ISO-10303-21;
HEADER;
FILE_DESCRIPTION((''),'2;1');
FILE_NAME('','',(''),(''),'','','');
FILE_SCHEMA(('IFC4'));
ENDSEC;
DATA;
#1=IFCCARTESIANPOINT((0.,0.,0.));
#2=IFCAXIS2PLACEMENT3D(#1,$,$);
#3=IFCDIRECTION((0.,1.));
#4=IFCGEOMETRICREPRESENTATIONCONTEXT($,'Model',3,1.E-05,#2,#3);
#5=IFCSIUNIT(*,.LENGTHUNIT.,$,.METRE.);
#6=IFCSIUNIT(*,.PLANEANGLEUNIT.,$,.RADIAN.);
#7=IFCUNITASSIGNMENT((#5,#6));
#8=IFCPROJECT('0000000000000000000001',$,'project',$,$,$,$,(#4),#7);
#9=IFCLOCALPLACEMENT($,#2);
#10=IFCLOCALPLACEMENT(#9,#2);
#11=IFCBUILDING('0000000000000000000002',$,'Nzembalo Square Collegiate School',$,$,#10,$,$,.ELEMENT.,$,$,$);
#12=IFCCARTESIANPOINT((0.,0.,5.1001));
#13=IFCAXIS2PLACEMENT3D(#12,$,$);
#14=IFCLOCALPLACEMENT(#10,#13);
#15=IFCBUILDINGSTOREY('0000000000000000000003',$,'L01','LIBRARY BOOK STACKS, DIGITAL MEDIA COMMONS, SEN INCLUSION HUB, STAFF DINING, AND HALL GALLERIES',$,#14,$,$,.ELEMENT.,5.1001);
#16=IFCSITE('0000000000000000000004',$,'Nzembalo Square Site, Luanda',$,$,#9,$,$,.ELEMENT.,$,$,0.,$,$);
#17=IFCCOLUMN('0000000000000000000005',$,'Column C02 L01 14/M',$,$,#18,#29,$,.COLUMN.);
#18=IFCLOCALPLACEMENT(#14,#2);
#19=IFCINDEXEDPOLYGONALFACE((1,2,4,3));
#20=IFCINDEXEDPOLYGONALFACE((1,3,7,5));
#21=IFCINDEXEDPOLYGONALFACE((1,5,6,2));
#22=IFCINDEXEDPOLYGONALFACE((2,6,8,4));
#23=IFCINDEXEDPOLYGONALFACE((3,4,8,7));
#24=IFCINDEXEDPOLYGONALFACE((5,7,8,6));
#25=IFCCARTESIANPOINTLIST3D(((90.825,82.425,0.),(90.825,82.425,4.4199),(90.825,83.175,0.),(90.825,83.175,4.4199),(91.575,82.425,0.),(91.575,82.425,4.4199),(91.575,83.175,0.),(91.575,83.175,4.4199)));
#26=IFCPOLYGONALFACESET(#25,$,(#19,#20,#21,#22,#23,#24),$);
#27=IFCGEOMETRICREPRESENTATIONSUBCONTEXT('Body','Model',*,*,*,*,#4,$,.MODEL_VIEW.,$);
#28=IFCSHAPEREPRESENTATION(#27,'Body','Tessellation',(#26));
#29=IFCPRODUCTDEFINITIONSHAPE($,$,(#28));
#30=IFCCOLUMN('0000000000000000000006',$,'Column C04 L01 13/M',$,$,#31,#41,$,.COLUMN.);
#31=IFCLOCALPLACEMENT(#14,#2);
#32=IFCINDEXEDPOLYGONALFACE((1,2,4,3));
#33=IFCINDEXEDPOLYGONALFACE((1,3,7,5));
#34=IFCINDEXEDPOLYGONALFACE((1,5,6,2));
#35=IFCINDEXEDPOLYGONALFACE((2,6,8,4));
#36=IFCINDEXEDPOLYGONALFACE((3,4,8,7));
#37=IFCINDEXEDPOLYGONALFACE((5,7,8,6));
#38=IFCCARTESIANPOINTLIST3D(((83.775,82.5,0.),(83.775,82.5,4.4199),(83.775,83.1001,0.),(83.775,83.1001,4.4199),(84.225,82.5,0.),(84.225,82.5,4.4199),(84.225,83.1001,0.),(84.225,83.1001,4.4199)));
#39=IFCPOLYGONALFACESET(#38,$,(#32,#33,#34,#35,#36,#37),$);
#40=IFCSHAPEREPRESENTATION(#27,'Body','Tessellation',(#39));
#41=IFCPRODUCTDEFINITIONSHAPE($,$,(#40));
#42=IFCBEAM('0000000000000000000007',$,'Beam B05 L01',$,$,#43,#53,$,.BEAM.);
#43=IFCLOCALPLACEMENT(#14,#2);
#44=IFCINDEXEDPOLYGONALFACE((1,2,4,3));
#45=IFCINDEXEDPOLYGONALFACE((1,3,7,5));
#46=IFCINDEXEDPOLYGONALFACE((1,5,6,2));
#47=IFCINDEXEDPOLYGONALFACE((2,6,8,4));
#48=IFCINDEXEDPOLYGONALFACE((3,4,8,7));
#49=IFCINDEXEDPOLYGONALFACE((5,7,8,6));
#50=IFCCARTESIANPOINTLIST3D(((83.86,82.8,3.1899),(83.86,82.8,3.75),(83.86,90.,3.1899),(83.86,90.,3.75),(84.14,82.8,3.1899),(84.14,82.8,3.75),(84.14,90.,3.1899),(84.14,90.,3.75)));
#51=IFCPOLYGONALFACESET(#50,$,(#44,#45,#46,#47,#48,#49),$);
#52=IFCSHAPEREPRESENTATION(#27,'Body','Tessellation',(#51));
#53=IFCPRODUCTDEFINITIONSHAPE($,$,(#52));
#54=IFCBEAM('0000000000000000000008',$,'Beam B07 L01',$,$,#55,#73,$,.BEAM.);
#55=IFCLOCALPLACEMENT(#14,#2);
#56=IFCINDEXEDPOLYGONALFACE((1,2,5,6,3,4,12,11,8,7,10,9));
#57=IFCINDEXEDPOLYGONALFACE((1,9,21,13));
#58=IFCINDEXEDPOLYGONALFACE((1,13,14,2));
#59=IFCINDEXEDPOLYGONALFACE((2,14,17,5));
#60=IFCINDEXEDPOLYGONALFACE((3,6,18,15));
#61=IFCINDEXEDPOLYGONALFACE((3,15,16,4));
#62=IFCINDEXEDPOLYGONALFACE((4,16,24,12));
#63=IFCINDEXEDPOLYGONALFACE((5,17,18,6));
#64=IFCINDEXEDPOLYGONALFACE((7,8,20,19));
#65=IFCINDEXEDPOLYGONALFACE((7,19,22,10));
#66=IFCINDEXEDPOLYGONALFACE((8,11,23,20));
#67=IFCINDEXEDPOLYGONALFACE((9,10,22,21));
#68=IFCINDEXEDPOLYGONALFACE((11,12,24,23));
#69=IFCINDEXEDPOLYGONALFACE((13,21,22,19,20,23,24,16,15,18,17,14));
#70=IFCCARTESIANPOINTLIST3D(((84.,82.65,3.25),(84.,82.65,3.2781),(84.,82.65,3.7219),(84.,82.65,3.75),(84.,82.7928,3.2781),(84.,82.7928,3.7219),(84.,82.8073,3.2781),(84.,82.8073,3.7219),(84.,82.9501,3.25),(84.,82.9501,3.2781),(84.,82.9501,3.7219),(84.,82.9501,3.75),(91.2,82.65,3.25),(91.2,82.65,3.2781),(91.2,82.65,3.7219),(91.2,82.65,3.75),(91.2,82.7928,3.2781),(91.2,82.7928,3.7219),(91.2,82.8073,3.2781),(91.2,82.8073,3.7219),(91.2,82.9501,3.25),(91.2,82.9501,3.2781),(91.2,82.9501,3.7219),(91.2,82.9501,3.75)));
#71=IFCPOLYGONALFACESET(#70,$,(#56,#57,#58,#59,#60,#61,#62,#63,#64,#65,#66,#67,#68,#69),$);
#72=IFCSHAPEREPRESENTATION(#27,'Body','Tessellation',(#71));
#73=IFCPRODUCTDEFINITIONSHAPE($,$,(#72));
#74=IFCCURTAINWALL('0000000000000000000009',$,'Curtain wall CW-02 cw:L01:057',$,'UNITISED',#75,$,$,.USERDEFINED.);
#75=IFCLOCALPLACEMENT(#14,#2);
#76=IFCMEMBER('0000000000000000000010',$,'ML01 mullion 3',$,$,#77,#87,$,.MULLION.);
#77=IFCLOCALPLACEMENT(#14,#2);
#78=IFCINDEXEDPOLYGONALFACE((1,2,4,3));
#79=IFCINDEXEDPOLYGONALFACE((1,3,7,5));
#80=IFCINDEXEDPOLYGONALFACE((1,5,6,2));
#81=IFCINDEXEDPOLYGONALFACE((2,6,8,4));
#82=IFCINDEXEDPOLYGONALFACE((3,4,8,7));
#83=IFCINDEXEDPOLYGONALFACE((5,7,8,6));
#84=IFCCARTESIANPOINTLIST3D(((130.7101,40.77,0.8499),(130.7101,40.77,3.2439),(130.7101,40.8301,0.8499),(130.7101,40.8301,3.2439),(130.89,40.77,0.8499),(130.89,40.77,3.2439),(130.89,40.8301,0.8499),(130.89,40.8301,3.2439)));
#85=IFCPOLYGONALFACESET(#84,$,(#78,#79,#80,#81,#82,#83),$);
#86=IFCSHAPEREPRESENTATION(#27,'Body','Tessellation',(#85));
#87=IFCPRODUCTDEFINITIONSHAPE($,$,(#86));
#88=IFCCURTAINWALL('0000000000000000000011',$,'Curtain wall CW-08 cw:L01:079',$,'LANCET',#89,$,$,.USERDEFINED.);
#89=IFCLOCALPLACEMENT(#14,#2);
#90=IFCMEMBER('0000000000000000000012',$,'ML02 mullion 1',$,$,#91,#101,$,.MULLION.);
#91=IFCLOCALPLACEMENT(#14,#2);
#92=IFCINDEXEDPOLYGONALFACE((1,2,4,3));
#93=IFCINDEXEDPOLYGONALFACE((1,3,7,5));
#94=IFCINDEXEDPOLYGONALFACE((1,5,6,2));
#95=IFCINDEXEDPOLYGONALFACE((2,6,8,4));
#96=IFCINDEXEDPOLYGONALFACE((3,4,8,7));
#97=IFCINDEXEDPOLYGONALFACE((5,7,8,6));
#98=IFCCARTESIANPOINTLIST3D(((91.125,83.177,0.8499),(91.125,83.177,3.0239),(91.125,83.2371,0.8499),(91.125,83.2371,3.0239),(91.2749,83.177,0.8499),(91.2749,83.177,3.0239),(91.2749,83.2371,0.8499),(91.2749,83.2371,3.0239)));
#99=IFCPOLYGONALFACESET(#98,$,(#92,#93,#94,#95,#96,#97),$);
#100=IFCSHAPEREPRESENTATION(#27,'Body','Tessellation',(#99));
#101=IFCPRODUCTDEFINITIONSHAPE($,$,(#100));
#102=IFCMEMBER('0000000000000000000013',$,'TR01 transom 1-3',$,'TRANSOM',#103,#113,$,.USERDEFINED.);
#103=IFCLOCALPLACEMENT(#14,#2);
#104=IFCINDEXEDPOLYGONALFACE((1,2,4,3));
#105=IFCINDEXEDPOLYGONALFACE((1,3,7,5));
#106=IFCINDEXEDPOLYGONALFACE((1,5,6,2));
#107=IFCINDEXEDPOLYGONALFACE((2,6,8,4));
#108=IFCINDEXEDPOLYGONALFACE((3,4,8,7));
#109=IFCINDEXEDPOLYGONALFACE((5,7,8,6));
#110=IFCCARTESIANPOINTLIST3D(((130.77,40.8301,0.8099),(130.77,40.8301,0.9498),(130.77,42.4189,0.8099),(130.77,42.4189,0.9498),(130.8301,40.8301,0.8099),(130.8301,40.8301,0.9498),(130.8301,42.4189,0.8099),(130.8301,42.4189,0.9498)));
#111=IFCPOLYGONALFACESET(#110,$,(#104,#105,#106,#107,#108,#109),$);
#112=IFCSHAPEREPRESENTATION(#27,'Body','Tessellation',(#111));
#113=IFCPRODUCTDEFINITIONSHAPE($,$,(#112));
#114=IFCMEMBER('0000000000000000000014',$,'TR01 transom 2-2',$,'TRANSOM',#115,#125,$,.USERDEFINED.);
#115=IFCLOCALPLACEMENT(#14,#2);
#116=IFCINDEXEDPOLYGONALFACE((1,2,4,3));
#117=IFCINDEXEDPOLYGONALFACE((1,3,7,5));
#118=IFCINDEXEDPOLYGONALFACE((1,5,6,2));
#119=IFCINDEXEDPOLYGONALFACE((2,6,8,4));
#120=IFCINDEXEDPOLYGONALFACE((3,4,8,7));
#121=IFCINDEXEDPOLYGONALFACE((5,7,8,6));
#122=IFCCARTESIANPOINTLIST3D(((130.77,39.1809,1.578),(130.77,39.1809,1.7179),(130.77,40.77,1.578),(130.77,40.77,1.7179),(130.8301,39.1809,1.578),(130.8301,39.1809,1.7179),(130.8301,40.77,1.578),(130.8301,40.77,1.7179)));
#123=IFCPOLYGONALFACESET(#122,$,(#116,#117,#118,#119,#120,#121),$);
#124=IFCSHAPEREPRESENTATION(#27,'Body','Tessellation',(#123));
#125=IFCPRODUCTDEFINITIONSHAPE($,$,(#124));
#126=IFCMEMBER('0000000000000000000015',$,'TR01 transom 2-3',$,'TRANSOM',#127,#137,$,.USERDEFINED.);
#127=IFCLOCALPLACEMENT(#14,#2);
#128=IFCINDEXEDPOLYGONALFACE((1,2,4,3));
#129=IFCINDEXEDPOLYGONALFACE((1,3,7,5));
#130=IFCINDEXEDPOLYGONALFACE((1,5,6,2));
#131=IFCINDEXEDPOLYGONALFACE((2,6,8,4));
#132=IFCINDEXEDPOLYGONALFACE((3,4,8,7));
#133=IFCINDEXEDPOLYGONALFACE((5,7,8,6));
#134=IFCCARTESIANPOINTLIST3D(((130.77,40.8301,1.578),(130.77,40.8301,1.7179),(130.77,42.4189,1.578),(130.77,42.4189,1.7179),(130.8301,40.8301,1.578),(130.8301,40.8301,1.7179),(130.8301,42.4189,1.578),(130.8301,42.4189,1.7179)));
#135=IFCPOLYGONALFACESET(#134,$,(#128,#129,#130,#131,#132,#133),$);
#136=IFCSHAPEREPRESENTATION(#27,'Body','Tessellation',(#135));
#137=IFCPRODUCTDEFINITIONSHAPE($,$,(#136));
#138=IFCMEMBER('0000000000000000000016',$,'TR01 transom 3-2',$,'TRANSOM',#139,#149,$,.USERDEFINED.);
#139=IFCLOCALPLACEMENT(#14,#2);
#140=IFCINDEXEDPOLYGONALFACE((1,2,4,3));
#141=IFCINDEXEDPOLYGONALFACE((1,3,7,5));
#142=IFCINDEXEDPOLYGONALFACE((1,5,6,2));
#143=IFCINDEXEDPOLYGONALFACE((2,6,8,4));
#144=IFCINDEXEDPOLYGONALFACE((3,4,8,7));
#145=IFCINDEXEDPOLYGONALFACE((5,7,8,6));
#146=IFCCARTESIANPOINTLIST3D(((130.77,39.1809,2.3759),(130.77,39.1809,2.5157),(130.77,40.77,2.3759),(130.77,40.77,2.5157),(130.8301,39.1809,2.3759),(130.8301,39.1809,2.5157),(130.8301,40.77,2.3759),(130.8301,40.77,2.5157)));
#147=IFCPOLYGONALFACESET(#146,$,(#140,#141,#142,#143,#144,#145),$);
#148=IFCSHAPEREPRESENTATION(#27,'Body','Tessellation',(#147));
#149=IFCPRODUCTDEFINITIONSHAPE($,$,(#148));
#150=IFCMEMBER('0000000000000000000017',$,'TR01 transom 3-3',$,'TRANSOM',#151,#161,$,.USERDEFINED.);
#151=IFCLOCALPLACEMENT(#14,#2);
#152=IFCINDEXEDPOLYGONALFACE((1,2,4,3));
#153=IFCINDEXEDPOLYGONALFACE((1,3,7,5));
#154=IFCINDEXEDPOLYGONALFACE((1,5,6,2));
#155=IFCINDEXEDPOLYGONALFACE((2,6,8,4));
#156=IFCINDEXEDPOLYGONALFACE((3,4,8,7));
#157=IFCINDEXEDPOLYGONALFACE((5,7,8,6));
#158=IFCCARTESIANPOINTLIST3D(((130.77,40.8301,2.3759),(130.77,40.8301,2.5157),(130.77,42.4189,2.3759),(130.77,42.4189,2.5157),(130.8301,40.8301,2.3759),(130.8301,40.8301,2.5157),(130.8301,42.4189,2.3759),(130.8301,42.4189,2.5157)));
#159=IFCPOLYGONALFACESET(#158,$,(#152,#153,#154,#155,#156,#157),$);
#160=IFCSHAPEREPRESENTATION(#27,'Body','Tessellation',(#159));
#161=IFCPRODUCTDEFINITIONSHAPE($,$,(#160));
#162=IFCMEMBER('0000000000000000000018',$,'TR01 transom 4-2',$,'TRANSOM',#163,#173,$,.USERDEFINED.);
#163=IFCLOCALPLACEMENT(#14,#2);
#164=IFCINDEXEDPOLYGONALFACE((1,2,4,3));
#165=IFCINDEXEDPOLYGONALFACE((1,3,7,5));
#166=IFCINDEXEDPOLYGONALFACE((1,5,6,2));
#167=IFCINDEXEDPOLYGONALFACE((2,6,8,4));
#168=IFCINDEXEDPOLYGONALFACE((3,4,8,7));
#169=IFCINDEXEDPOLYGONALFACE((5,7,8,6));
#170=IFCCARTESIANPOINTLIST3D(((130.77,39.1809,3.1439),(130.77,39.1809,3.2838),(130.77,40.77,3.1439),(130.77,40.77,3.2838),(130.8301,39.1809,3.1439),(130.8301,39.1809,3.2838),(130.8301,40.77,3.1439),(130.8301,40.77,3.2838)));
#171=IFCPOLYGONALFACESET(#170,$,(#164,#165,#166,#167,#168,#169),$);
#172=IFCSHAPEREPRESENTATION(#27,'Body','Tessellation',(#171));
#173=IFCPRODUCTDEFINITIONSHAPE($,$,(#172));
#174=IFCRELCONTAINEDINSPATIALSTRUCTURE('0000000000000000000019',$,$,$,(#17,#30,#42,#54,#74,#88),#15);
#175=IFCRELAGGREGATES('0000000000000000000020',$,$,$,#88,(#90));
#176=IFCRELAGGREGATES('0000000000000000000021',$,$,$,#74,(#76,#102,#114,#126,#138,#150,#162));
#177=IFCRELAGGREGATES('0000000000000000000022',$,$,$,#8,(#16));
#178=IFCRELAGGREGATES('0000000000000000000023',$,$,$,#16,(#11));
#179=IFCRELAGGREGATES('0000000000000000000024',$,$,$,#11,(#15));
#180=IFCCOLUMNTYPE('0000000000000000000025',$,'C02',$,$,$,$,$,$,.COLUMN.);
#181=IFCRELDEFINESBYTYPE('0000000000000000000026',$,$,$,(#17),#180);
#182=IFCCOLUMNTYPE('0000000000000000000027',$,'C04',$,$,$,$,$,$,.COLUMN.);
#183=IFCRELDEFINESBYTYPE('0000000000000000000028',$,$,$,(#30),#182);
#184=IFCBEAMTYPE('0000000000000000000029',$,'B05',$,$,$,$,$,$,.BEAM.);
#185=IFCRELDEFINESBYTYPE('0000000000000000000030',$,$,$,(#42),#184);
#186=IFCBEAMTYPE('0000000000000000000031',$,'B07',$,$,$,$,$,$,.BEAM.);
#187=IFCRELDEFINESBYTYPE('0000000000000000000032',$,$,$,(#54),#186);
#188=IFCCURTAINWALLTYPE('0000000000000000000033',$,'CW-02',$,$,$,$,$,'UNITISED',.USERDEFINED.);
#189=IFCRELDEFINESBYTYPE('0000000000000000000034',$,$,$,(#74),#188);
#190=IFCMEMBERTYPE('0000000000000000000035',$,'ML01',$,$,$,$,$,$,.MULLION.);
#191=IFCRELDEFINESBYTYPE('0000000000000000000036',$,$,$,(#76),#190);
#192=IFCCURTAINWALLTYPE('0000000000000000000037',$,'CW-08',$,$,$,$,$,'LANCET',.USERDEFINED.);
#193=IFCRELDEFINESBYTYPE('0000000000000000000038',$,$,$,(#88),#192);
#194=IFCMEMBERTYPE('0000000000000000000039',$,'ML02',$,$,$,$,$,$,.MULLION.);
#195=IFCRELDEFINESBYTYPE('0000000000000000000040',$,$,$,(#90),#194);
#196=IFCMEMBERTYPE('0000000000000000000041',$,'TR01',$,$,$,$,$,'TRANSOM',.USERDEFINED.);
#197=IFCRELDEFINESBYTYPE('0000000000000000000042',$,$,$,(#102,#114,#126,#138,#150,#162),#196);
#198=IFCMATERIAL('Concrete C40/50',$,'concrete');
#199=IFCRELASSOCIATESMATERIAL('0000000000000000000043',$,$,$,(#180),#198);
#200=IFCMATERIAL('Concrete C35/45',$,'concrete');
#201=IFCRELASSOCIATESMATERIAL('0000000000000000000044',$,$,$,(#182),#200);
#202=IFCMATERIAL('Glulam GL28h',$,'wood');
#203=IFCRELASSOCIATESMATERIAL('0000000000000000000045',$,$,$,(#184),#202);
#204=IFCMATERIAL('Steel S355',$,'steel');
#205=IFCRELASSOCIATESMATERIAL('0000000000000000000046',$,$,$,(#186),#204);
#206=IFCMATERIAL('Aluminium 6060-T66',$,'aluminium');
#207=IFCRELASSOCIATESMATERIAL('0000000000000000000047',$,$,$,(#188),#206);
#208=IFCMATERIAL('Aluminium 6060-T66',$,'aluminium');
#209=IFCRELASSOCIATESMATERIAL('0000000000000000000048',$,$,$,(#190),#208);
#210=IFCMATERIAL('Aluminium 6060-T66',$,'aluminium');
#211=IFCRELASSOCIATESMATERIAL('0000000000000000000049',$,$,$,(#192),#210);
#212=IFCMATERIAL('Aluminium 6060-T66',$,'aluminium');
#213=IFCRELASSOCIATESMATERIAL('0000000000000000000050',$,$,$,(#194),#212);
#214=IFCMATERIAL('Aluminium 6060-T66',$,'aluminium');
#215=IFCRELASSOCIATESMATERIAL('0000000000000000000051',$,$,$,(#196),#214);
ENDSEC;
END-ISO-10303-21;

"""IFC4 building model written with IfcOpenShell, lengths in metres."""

from ifc_helpers import new_model, si_unit, direction, frame, origin, origin_2d, place, context, subcontext, project, spatial, rectangle, i_section, extrude, material, material_profile, profile_set, type_object, element, aggregate, save


model = new_model("IFC4")

# Units and contexts
model_context = context("Model", 3, precision=1e-05, world=origin(), true_north=direction((0.0, 1.0)))
body_context = subcontext(model_context, "Body", "Model", "MODEL_VIEW")
ifc_project = project(units=[si_unit("LENGTHUNIT", "METRE"), si_unit("PLANEANGLEUNIT", "RADIAN")], contexts=[model_context])

# Site, building, storey
site_placement = place(None, origin())
site = spatial("IfcSite", under=ifc_project, at=site_placement, Name="Nzembalo Square Site, Luanda", CompositionType="ELEMENT", RefElevation=0.0)
building_placement = place(site_placement, origin())
building = spatial("IfcBuilding", under=site, at=building_placement, Name="Nzembalo Square Collegiate School", CompositionType="ELEMENT")
storey_placement = place(building_placement, frame((0.0, 0.0, 5.1001)))
storey = spatial("IfcBuildingStorey", under=building, at=storey_placement, Name="L01", Description="LIBRARY BOOK STACKS, DIGITAL MEDIA COMMONS, SEN INCLUSION HUB, STAFF DINING, AND HALL GALLERIES", CompositionType="ELEMENT", Elevation=5.1001)

# Columns
ifc_material_1 = material(Name="Concrete C40/50", Category="concrete")
ifc_material_profile_1 = material_profile(ifc_material_1, rectangle(XDim=0.75, YDim=0.75, at=origin_2d()), Name="RC 750x750")
ifc_profile_set_1 = profile_set([ifc_material_profile_1], Name="Concrete C40/50")
column_type_1 = type_object("IfcColumnType", Name="C02", PredefinedType="COLUMN", material=ifc_profile_set_1)
column_1_placement = place(storey_placement, frame((91.2, 82.8, 0.0), z_axis=(0.0, 0.0, 1.0), x_axis=(1.0, 0.0, 0.0)))
element("IfcColumn", 1, at=column_1_placement, inside=storey, type_object=column_type_1, Name="Column C02 L01 14/M", PredefinedType="COLUMN", context=body_context, shape_type="SweptSolid", body=[
    extrude(rectangle(XDim=0.75, YDim=0.75, at=origin_2d()), origin(), (0.0, 0.0, 1.0), 4.4199),
])
ifc_material_2 = material(Name="Concrete C35/45", Category="concrete")
ifc_material_profile_2 = material_profile(ifc_material_2, rectangle(XDim=0.45, YDim=0.6001, at=origin_2d()), Name="RC 450x600")
ifc_profile_set_2 = profile_set([ifc_material_profile_2], Name="Concrete C35/45")
column_type_2 = type_object("IfcColumnType", Name="C04", PredefinedType="COLUMN", material=ifc_profile_set_2)
column_2_placement = place(storey_placement, frame((84.0, 82.8, 0.0), z_axis=(0.0, 0.0, 1.0), x_axis=(1.0, 0.0, 0.0)))
element("IfcColumn", 2, at=column_2_placement, inside=storey, type_object=column_type_2, Name="Column C04 L01 13/M", PredefinedType="COLUMN", context=body_context, shape_type="SweptSolid", body=[
    extrude(rectangle(XDim=0.45, YDim=0.6001, at=origin_2d()), origin(), (0.0, 0.0, 1.0), 4.4199),
])

# Beams
ifc_material_3 = material(Name="Glulam GL28h", Category="wood")
ifc_material_profile_3 = material_profile(ifc_material_3, rectangle(XDim=0.28, YDim=0.5601, at=origin_2d()), Name="GL28h 280x560")
ifc_profile_set_3 = profile_set([ifc_material_profile_3], Name="Glulam GL28h")
beam_type_1 = type_object("IfcBeamType", Name="B05", PredefinedType="BEAM", material=ifc_profile_set_3)
beam_1_placement = place(storey_placement, frame((84.0, 82.8, 3.47), z_axis=(0.0, 1.0, 0.0), x_axis=(-1.0, 0.0, 0.0)))
element("IfcBeam", 3, at=beam_1_placement, inside=storey, type_object=beam_type_1, Name="Beam B05 L01", PredefinedType="BEAM", context=body_context, shape_type="SweptSolid", body=[
    extrude(rectangle(XDim=0.28, YDim=0.5601, at=origin_2d()), origin(), (0.0, 0.0, 1.0), 7.2),
])
ifc_material_4 = material(Name="Steel S355", Category="steel")
ifc_material_profile_4 = material_profile(ifc_material_4, i_section(OverallWidth=0.3, OverallDepth=0.5, WebThickness=0.0144, FlangeThickness=0.0281, at=origin_2d()), Name="HEB 500")
ifc_profile_set_4 = profile_set([ifc_material_profile_4], Name="Steel S355")
beam_type_2 = type_object("IfcBeamType", Name="B07", PredefinedType="BEAM", material=ifc_profile_set_4)
beam_2_placement = place(storey_placement, frame((84.0, 82.8, 3.5), z_axis=(1.0, 0.0, 0.0), x_axis=(0.0, 1.0, 0.0)))
element("IfcBeam", 4, at=beam_2_placement, inside=storey, type_object=beam_type_2, Name="Beam B07 L01", PredefinedType="BEAM", context=body_context, shape_type="SweptSolid", body=[
    extrude(i_section(OverallWidth=0.3, OverallDepth=0.5, WebThickness=0.0144, FlangeThickness=0.0281, at=origin_2d()), origin(), (0.0, 0.0, 1.0), 7.2),
])

# Curtain walls, members
ifc_material_5 = material(Name="Aluminium 6060-T66", Category="aluminium")
curtain_wall_type_1 = type_object("IfcCurtainWallType", Name="CW-02", ElementType="UNITISED", PredefinedType="USERDEFINED", material=ifc_material_5)
curtain_wall_1_placement = place(storey_placement, origin())
curtain_wall_1 = element("IfcCurtainWall", 5, at=curtain_wall_1_placement, inside=storey, type_object=curtain_wall_type_1, Name="Curtain wall CW-02 cw:L01:057", ObjectType="UNITISED", PredefinedType="USERDEFINED")
ifc_material_6 = material(Name="Aluminium 6060-T66", Category="aluminium")
ifc_material_profile_5 = material_profile(ifc_material_6, rectangle(XDim=0.0601, YDim=0.1799, at=origin_2d()), Name="ALU M60x180")
ifc_profile_set_5 = profile_set([ifc_material_profile_5], Name="Aluminium 6060-T66")
member_type_1 = type_object("IfcMemberType", Name="ML01", PredefinedType="MULLION", material=ifc_profile_set_5)
member_1_placement = place(storey_placement, frame((130.8, 40.8, 0.8499), z_axis=(0.0, 0.0, 1.0), x_axis=(0.0, 1.0, 0.0)))
member_1 = element("IfcMember", 6, at=member_1_placement, type_object=member_type_1, Name="ML01 mullion 3", PredefinedType="MULLION", context=body_context, shape_type="SweptSolid", body=[
    extrude(rectangle(XDim=0.0601, YDim=0.1799, at=origin_2d()), origin(), (0.0, 0.0, 1.0), 2.394),
])
ifc_material_7 = material(Name="Aluminium 6060-T66", Category="aluminium")
curtain_wall_type_2 = type_object("IfcCurtainWallType", Name="CW-08", ElementType="LANCET", PredefinedType="USERDEFINED", material=ifc_material_7)
curtain_wall_2_placement = place(storey_placement, origin())
curtain_wall_2 = element("IfcCurtainWall", 7, at=curtain_wall_2_placement, inside=storey, type_object=curtain_wall_type_2, Name="Curtain wall CW-08 cw:L01:079", ObjectType="LANCET", PredefinedType="USERDEFINED")
ifc_material_8 = material(Name="Aluminium 6060-T66", Category="aluminium")
ifc_material_profile_6 = material_profile(ifc_material_8, rectangle(XDim=0.0601, YDim=0.1499, at=origin_2d()), Name="ALU M60x150")
ifc_profile_set_6 = profile_set([ifc_material_profile_6], Name="Aluminium 6060-T66")
member_type_2 = type_object("IfcMemberType", Name="ML02", PredefinedType="MULLION", material=ifc_profile_set_6)
member_2_placement = place(storey_placement, frame((91.2, 83.207, 0.8499), z_axis=(0.0, 0.0, 1.0), x_axis=(0.0, 1.0, 0.0)))
member_2 = element("IfcMember", 8, at=member_2_placement, type_object=member_type_2, Name="ML02 mullion 1", PredefinedType="MULLION", context=body_context, shape_type="SweptSolid", body=[
    extrude(rectangle(XDim=0.0601, YDim=0.1499, at=origin_2d()), origin(), (0.0, 0.0, 1.0), 2.1741),
])

# Members
ifc_material_9 = material(Name="Aluminium 6060-T66", Category="aluminium")
ifc_material_profile_7 = material_profile(ifc_material_9, rectangle(XDim=0.0601, YDim=0.1399, at=origin_2d()), Name="ALU T60x140")
ifc_profile_set_7 = profile_set([ifc_material_profile_7], Name="Aluminium 6060-T66")
member_type_3 = type_object("IfcMemberType", Name="TR01", ElementType="TRANSOM", PredefinedType="USERDEFINED", material=ifc_profile_set_7)
member_3_placement = place(storey_placement, frame((130.8, 40.8301, 0.8799), z_axis=(0.0, 1.0, 0.0), x_axis=(-1.0, 0.0, 0.0)))
member_3 = element("IfcMember", 9, at=member_3_placement, type_object=member_type_3, Name="TR01 transom 1-3", ObjectType="TRANSOM", PredefinedType="USERDEFINED", context=body_context, shape_type="SweptSolid", body=[
    extrude(rectangle(XDim=0.0601, YDim=0.1399, at=origin_2d()), origin(), (0.0, 0.0, 1.0), 1.5889),
])
member_4_placement = place(storey_placement, frame((130.8, 39.1809, 1.6479), z_axis=(0.0, 1.0, 0.0), x_axis=(-1.0, 0.0, 0.0)))
member_4 = element("IfcMember", 10, at=member_4_placement, type_object=member_type_3, Name="TR01 transom 2-2", ObjectType="TRANSOM", PredefinedType="USERDEFINED", context=body_context, shape_type="SweptSolid", body=[
    extrude(rectangle(XDim=0.0601, YDim=0.1399, at=origin_2d()), origin(), (0.0, 0.0, 1.0), 1.5891),
])
member_5_placement = place(storey_placement, frame((130.8, 40.8301, 1.6479), z_axis=(0.0, 1.0, 0.0), x_axis=(-1.0, 0.0, 0.0)))
member_5 = element("IfcMember", 11, at=member_5_placement, type_object=member_type_3, Name="TR01 transom 2-3", ObjectType="TRANSOM", PredefinedType="USERDEFINED", context=body_context, shape_type="SweptSolid", body=[
    extrude(rectangle(XDim=0.0601, YDim=0.1399, at=origin_2d()), origin(), (0.0, 0.0, 1.0), 1.5889),
])
member_6_placement = place(storey_placement, frame((130.8, 39.1809, 2.4458), z_axis=(0.0, 1.0, 0.0), x_axis=(-1.0, 0.0, 0.0)))
member_6 = element("IfcMember", 12, at=member_6_placement, type_object=member_type_3, Name="TR01 transom 3-2", ObjectType="TRANSOM", PredefinedType="USERDEFINED", context=body_context, shape_type="SweptSolid", body=[
    extrude(rectangle(XDim=0.0601, YDim=0.1399, at=origin_2d()), origin(), (0.0, 0.0, 1.0), 1.5891),
])
member_7_placement = place(storey_placement, frame((130.8, 40.8301, 2.4458), z_axis=(0.0, 1.0, 0.0), x_axis=(-1.0, 0.0, 0.0)))
member_7 = element("IfcMember", 13, at=member_7_placement, type_object=member_type_3, Name="TR01 transom 3-3", ObjectType="TRANSOM", PredefinedType="USERDEFINED", context=body_context, shape_type="SweptSolid", body=[
    extrude(rectangle(XDim=0.0601, YDim=0.1399, at=origin_2d()), origin(), (0.0, 0.0, 1.0), 1.5889),
])
member_8_placement = place(storey_placement, frame((130.8, 39.1809, 3.2139), z_axis=(0.0, 1.0, 0.0), x_axis=(-1.0, 0.0, 0.0)))
member_8 = element("IfcMember", 14, at=member_8_placement, type_object=member_type_3, Name="TR01 transom 4-2", ObjectType="TRANSOM", PredefinedType="USERDEFINED", context=body_context, shape_type="SweptSolid", body=[
    extrude(rectangle(XDim=0.0601, YDim=0.1399, at=origin_2d()), origin(), (0.0, 0.0, 1.0), 1.5891),
])
aggregate(curtain_wall_2, [member_2])

aggregate(curtain_wall_1, [member_1, member_3, member_4, member_5, member_6, member_7, member_8])

save(model, "model.ifc")
